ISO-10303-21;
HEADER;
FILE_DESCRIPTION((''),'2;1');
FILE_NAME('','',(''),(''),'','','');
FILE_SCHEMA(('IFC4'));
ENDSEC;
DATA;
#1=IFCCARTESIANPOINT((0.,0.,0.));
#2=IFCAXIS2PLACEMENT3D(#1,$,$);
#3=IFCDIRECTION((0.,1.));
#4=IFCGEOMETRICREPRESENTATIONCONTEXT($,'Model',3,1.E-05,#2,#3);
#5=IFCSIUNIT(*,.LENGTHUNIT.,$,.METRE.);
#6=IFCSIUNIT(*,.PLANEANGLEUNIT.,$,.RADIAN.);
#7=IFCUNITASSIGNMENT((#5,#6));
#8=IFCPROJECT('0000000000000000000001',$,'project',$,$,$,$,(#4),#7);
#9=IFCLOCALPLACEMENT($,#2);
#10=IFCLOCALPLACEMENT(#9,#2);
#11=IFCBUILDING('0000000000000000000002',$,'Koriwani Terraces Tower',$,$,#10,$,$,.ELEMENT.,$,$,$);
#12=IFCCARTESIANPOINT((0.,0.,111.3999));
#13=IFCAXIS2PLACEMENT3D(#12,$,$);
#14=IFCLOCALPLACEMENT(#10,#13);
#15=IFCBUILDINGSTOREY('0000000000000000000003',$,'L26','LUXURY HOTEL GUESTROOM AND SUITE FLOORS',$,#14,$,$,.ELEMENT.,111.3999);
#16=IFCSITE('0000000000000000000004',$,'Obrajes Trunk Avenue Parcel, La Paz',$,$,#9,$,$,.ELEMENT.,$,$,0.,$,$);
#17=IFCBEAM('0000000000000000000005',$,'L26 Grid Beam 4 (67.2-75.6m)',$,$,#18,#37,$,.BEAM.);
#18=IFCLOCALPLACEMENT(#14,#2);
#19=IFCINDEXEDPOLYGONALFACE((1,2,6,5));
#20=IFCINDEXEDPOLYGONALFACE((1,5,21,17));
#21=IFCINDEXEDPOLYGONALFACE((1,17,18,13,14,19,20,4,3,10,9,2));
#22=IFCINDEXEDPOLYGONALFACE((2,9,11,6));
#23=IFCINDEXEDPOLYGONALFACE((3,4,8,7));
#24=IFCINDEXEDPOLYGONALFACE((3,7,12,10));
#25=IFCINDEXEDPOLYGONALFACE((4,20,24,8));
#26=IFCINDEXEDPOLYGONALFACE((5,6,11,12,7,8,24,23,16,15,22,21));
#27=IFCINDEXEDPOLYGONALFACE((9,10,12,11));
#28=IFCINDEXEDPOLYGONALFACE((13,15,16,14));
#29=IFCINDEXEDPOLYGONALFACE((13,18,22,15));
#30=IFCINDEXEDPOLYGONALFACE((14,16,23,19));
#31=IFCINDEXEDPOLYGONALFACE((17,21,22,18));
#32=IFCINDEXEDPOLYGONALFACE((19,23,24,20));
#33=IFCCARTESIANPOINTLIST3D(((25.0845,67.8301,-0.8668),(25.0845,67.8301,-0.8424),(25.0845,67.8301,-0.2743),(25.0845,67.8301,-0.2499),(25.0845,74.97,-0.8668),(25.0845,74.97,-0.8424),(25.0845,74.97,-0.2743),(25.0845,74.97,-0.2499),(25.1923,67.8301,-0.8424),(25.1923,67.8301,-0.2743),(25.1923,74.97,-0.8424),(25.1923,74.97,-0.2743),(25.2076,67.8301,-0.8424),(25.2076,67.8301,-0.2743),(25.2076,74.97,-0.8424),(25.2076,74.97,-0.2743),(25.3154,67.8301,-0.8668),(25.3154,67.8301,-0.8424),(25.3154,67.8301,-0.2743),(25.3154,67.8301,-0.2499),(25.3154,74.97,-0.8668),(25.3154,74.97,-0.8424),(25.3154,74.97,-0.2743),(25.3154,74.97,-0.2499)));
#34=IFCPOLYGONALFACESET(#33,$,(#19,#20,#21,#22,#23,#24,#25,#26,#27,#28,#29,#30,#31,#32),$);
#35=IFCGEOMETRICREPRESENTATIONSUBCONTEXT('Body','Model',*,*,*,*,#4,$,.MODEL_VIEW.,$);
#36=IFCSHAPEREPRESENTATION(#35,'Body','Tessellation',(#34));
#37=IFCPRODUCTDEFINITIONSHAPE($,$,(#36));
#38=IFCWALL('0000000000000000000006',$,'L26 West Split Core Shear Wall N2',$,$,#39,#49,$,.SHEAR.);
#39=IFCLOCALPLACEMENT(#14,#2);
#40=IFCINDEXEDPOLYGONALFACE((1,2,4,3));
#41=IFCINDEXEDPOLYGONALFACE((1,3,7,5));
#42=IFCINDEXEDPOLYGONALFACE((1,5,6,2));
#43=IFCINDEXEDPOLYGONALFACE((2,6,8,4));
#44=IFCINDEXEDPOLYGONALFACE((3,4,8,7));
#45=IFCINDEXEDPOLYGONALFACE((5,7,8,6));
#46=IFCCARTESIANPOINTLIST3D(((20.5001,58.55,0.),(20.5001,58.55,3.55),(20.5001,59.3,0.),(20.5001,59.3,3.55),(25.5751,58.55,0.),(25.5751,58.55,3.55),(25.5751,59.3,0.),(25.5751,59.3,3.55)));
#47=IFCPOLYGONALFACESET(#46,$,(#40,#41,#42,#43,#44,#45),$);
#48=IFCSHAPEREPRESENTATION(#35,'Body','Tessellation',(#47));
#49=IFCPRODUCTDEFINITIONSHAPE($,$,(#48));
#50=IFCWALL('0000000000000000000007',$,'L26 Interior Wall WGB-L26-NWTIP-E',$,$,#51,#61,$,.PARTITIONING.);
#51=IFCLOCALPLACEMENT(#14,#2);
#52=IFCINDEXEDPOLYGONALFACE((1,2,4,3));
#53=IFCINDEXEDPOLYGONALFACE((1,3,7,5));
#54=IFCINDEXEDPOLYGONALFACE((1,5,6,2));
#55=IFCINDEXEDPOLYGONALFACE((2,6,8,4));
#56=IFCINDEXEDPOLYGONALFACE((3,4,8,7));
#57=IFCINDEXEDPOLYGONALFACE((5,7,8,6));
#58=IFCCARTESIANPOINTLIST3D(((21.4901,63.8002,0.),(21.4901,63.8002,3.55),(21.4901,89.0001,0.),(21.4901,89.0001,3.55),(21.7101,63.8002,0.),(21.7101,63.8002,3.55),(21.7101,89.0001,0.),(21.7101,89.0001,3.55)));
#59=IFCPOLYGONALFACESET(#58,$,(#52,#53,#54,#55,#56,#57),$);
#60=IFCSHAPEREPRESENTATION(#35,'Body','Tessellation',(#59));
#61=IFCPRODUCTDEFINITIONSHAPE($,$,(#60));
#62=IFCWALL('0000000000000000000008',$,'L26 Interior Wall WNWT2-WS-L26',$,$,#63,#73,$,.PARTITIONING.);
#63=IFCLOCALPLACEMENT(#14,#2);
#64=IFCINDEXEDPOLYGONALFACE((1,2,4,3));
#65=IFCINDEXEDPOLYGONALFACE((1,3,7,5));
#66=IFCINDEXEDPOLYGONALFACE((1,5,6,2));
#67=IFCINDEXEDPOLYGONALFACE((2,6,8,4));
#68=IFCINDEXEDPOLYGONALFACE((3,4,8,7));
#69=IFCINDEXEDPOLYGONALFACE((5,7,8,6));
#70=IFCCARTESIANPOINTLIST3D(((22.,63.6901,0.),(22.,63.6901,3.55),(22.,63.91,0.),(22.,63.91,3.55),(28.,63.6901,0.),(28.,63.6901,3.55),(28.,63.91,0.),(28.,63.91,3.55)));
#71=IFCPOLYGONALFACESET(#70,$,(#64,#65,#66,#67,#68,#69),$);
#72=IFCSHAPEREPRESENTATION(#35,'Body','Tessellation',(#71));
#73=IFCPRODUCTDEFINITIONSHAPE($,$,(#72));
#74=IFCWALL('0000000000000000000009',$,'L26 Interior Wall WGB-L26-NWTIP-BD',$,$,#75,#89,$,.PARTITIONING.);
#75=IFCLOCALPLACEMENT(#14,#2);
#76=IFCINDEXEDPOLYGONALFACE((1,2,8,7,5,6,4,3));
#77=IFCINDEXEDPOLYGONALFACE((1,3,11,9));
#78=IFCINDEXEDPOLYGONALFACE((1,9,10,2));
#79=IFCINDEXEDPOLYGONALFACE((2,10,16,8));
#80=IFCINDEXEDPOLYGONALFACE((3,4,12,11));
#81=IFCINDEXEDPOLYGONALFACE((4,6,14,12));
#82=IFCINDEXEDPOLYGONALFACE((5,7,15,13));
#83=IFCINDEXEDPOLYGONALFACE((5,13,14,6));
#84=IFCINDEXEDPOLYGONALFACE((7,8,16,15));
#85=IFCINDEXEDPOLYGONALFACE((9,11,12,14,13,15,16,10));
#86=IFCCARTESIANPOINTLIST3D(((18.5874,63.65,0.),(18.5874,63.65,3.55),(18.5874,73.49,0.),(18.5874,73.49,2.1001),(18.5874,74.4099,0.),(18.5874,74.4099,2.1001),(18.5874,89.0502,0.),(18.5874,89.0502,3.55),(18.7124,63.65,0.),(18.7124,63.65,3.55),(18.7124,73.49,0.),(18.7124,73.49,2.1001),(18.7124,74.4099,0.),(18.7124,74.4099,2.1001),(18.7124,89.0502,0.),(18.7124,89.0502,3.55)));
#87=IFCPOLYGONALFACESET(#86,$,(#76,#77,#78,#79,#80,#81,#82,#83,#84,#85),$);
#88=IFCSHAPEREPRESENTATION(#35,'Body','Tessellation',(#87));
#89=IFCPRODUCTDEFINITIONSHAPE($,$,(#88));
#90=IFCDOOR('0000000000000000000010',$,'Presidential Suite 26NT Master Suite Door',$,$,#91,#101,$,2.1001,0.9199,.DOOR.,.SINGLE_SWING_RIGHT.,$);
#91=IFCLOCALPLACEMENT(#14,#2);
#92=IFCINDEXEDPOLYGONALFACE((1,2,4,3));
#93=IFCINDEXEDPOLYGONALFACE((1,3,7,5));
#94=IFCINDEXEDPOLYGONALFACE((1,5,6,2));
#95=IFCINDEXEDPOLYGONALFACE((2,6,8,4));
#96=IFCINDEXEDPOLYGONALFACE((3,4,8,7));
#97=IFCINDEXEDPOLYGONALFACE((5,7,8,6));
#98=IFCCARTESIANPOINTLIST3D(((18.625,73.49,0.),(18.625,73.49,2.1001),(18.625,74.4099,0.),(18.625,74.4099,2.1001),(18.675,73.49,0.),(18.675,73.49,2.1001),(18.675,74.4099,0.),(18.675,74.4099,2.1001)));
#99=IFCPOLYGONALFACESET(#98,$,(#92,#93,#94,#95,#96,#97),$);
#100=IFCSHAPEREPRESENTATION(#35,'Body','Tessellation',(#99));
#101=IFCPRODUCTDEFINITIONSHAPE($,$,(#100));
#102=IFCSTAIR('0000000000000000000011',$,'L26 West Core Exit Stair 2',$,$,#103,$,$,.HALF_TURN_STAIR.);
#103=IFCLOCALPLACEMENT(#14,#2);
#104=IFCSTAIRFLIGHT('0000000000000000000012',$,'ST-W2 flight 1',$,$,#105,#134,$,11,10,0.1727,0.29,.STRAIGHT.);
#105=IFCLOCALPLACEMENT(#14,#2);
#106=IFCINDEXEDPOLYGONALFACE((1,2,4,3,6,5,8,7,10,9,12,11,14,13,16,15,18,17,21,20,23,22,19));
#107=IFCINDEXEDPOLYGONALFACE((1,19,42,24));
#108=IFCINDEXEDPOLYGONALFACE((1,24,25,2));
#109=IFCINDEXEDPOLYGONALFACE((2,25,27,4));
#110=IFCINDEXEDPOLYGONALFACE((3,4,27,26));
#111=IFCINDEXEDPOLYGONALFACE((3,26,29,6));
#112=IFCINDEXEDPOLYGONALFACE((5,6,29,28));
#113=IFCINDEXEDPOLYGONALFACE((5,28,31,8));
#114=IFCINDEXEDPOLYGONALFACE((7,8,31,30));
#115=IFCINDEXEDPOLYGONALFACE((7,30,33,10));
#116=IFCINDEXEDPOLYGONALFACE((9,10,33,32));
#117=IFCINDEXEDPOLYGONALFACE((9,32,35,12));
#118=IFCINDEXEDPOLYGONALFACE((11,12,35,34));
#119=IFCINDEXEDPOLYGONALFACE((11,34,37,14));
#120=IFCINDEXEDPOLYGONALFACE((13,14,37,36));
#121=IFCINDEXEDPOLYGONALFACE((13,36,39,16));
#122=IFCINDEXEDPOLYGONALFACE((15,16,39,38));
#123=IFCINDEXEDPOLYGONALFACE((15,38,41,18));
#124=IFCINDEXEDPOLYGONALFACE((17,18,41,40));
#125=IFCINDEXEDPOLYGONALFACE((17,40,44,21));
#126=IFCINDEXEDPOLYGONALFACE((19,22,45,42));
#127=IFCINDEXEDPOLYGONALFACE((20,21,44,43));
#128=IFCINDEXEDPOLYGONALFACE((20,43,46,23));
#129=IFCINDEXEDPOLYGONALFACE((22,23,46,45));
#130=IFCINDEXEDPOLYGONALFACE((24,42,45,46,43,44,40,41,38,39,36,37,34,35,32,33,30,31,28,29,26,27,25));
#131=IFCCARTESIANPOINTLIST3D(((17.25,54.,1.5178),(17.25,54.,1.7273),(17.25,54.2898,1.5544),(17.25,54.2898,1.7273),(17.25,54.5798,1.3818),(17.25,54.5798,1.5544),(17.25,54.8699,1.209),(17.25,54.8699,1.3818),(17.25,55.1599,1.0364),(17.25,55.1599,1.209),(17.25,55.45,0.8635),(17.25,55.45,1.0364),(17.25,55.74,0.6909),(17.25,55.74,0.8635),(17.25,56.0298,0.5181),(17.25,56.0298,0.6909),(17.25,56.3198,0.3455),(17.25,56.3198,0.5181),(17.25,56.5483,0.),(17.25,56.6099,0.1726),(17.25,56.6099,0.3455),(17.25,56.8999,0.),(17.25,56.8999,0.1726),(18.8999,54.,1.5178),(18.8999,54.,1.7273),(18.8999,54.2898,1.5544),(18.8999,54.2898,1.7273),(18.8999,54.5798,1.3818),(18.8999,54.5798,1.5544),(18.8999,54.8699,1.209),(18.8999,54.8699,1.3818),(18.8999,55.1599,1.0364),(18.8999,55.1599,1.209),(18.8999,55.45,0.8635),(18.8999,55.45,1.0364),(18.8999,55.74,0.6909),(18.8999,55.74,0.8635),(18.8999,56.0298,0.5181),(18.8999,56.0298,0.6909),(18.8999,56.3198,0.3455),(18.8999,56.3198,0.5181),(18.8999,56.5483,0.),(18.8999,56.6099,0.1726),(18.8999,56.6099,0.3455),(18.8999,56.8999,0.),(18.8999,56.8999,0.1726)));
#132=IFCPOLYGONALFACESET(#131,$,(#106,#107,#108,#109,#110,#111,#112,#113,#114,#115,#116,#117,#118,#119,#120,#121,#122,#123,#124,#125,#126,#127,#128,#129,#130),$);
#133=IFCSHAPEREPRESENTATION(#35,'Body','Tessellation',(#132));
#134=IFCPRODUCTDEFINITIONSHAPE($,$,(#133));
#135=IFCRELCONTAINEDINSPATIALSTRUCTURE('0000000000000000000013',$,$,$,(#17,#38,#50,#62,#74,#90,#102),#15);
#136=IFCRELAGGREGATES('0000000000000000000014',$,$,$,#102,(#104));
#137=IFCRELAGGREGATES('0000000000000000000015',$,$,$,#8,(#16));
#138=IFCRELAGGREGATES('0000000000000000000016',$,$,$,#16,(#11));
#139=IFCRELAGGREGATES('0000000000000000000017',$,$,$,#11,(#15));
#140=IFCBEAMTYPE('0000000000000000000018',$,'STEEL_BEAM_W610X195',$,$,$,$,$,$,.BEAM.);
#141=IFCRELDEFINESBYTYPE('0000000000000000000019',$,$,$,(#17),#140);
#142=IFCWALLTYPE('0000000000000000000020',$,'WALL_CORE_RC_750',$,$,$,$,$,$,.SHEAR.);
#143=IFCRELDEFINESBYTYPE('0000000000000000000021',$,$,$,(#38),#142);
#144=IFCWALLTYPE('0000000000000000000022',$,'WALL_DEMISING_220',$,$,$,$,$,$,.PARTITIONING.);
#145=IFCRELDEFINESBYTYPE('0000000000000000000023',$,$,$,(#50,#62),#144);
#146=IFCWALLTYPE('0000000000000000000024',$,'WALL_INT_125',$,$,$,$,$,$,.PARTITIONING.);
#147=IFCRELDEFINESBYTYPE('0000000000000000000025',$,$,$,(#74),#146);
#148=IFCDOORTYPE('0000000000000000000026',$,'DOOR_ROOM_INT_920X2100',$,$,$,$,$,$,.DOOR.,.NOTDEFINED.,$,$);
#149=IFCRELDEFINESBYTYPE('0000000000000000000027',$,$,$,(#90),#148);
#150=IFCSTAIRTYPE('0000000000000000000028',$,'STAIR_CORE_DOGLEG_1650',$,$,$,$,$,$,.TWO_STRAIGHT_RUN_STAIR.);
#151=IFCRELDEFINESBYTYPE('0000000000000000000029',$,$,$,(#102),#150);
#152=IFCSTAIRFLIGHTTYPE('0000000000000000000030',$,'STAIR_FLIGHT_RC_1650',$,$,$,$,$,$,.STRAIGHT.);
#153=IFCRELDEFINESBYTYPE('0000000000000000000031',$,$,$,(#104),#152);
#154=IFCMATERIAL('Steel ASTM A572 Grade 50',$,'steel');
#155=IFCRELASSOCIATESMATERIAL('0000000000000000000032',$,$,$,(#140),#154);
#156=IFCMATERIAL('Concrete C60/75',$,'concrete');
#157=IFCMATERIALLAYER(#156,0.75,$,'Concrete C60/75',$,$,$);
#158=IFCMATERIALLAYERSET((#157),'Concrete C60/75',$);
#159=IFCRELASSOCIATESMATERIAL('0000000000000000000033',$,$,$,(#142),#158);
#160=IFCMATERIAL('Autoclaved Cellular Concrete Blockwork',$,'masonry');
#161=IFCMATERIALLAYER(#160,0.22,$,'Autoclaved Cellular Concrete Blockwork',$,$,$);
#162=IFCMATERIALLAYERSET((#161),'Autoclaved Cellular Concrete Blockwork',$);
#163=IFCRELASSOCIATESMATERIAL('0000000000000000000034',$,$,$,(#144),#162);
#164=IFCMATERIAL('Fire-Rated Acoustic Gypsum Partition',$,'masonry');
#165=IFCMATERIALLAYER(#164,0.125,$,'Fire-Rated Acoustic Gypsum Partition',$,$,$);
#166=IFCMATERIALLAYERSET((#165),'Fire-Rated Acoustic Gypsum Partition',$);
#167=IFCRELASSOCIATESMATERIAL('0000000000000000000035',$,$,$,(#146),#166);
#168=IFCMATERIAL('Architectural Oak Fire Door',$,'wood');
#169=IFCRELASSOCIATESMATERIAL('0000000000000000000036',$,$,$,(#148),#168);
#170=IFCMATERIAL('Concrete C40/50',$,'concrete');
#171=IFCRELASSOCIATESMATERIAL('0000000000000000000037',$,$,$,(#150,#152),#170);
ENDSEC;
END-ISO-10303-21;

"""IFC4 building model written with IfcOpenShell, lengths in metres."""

from ifc_helpers import new_model, si_unit, direction, frame, frame_2d, origin, origin_2d, place, context, subcontext, project, spatial, polyline, rectangle, i_section, outline, extrude, material, layer, layer_set, material_profile, profile_set, type_object, element, fill, aggregate, save


model = new_model("IFC4")

# Units and contexts
model_context = context("Model", 3, precision=1e-05, world=origin(), true_north=direction((0.0, 1.0)))
body_context = subcontext(model_context, "Body", "Model", "MODEL_VIEW")
ifc_project = project(units=[si_unit("LENGTHUNIT", "METRE"), si_unit("PLANEANGLEUNIT", "RADIAN")], contexts=[model_context])

# Site, building, storey
site_placement = place(None, origin())
site = spatial("IfcSite", under=ifc_project, at=site_placement, Name="Obrajes Trunk Avenue Parcel, La Paz", CompositionType="ELEMENT", RefElevation=0.0)
building_placement = place(site_placement, origin())
building = spatial("IfcBuilding", under=site, at=building_placement, Name="Koriwani Terraces Tower", CompositionType="ELEMENT")
storey_placement = place(building_placement, frame((0.0, 0.0, 111.3999)))
storey = spatial("IfcBuildingStorey", under=building, at=storey_placement, Name="L26", Description="LUXURY HOTEL GUESTROOM AND SUITE FLOORS", CompositionType="ELEMENT", Elevation=111.3999)

# Shared definitions
ifc_material_1 = material(Name="Concrete C60/75", Category="concrete")

# Beam
ifc_material_2 = material(Name="Steel ASTM A572 Grade 50", Category="steel")
ifc_material_profile_1 = material_profile(ifc_material_2, i_section(OverallWidth=0.231, OverallDepth=0.6169, WebThickness=0.0154, FlangeThickness=0.0244, at=origin_2d()), Name="Steel ASTM A572 Grade 50", Category="LoadBearing")
ifc_profile_set_1 = profile_set([ifc_material_profile_1], Name="Steel ASTM A572 Grade 50")
beam_type_1 = type_object("IfcBeamType", Name="STEEL_BEAM_W610X195", PredefinedType="BEAM", material=ifc_profile_set_1)
for number, where, z_axis, x_axis, name in (
    (1, (25.2, 67.8301, -0.5583), (0.0, 1.0, 0.0), (-1.0, 0.0, 0.0), "L26 Grid Beam 4 (67.2-75.6m)"),
):
    element("IfcBeam", number, at=place(storey_placement, frame(where, z_axis=z_axis, x_axis=x_axis)), inside=storey, type_object=beam_type_1, Name=name, PredefinedType="BEAM", context=body_context, shape_type="SweptSolid", body=[
        extrude(i_section(OverallWidth=0.231, OverallDepth=0.6169, WebThickness=0.0154, FlangeThickness=0.0244, at=origin_2d()), origin(), (0.0, 0.0, 1.0), 7.1399),
    ])

# Walls
ifc_layer_1 = layer(ifc_material_1, 0.75, Name="Concrete C60/75")
ifc_layer_set_1 = layer_set([ifc_layer_1], Name="Concrete C60/75")
wall_type_1 = type_object("IfcWallType", Name="WALL_CORE_RC_750", PredefinedType="SHEAR", material=ifc_layer_set_1)
wall_1_placement = place(storey_placement, frame((20.5, 58.925, 0.0), z_axis=(0.0, 0.0, 1.0), x_axis=(1.0, 0.0, 0.0)))
element("IfcWall", 2, at=wall_1_placement, inside=storey, type_object=wall_type_1, Name="L26 West Split Core Shear Wall N2", PredefinedType="SHEAR", context=body_context, shape_type="SweptSolid", body=[
    extrude(rectangle(XDim=5.075, YDim=0.75, at=frame_2d((2.5376, 0.0))), origin(), (0.0, 0.0, 1.0), 3.55),
])
ifc_material_3 = material(Name="Autoclaved Cellular Concrete Blockwork", Category="masonry")
ifc_layer_2 = layer(ifc_material_3, 0.22, Name="Autoclaved Cellular Concrete Blockwork")
ifc_layer_set_2 = layer_set([ifc_layer_2], Name="Autoclaved Cellular Concrete Blockwork")
wall_type_2 = type_object("IfcWallType", Name="WALL_DEMISING_220", PredefinedType="PARTITIONING", material=ifc_layer_set_2)
wall_2_placement = place(storey_placement, frame((21.6001, 63.8, 0.0), z_axis=(0.0, 0.0, 1.0), x_axis=(0.0, 1.0, 0.0)))
element("IfcWall", 3, at=wall_2_placement, inside=storey, type_object=wall_type_2, Name="L26 Interior Wall WGB-L26-NWTIP-E", PredefinedType="PARTITIONING", context=body_context, shape_type="SweptSolid", body=[
    extrude(rectangle(XDim=25.2, YDim=0.22, at=frame_2d((12.6001, 0.0))), origin(), (0.0, 0.0, 1.0), 3.55),
])
wall_3_placement = place(storey_placement, frame((22.0, 63.8, 0.0), z_axis=(0.0, 0.0, 1.0), x_axis=(1.0, 0.0, 0.0)))
element("IfcWall", 4, at=wall_3_placement, inside=storey, type_object=wall_type_2, Name="L26 Interior Wall WNWT2-WS-L26", PredefinedType="PARTITIONING", context=body_context, shape_type="SweptSolid", body=[
    extrude(rectangle(XDim=6.0, YDim=0.22, at=frame_2d((3.0, 0.0))), origin(), (0.0, 0.0, 1.0), 3.55),
])

# Wall, opening, door
ifc_material_4 = material(Name="Fire-Rated Acoustic Gypsum Partition", Category="masonry")
ifc_layer_3 = layer(ifc_material_4, 0.125, Name="Fire-Rated Acoustic Gypsum Partition")
ifc_layer_set_3 = layer_set([ifc_layer_3], Name="Fire-Rated Acoustic Gypsum Partition")
wall_type_3 = type_object("IfcWallType", Name="WALL_INT_125", PredefinedType="PARTITIONING", material=ifc_layer_set_3)
wall_4_placement = place(storey_placement, frame((18.6499, 63.6499, 0.0), z_axis=(0.0, 0.0, 1.0), x_axis=(0.0, 1.0, 0.0)))
wall_4 = element("IfcWall", 5, at=wall_4_placement, inside=storey, type_object=wall_type_3, Name="L26 Interior Wall WGB-L26-NWTIP-BD", PredefinedType="PARTITIONING", context=body_context, shape_type="SweptSolid", body=[
    extrude(rectangle(XDim=25.4001, YDim=0.125, at=frame_2d((12.7002, 0.0))), origin(), (0.0, 0.0, 1.0), 3.55),
])
opening_1_placement = place(wall_4_placement, frame((9.8401, 0.0, 0.0)))
opening_1 = element("IfcOpeningElement", 6, at=opening_1_placement, cuts=wall_4, PredefinedType="OPENING", context=body_context, shape_type="SweptSolid", body=[
    extrude(rectangle(XDim=0.9199, YDim=2.1001, at=frame_2d((0.46, 1.05))), frame((0.0, 0.0725, 0.0), z_axis=(0.0, -1.0, 0.0), x_axis=(1.0, 0.0, 0.0)), (0.0, 0.0, 1.0), 0.145),
])
ifc_material_5 = material(Name="Architectural Oak Fire Door", Category="wood")
door_type_1 = type_object("IfcDoorType", Name="DOOR_ROOM_INT_920X2100", OperationType="NOTDEFINED", PredefinedType="DOOR", material=ifc_material_5)
door_1_placement = place(opening_1_placement, origin())
door_1 = element("IfcDoor", 7, at=door_1_placement, inside=storey, type_object=door_type_1, Name="Presidential Suite 26NT Master Suite Door", OperationType="SINGLE_SWING_RIGHT", OverallHeight=2.1001, OverallWidth=0.9199, PredefinedType="DOOR", context=body_context, shape_type="SweptSolid", body=[
    extrude(rectangle(XDim=0.9199, YDim=2.1001, at=frame_2d((0.46, 1.05))), frame((0.0, 0.0249, 0.0), z_axis=(0.0, -1.0, 0.0), x_axis=(1.0, 0.0, 0.0)), (0.0, 0.0, 1.0), 0.05),
])
fill(opening_1, door_1)
ifc_material_6 = material(Name="Concrete C40/50", Category="concrete")

# Stair, stair flight
stair_type = type_object("IfcStairType", Name="STAIR_CORE_DOGLEG_1650", PredefinedType="TWO_STRAIGHT_RUN_STAIR", material=ifc_material_6)
stair_placement = place(storey_placement, origin())
stair = element("IfcStair", 8, at=stair_placement, inside=storey, type_object=stair_type, Name="L26 West Core Exit Stair 2", PredefinedType="HALF_TURN_STAIR")
stair_flight_type = type_object("IfcStairFlightType", Name="STAIR_FLIGHT_RC_1650", PredefinedType="STRAIGHT", material=ifc_material_6)
stair_flight_placement = place(storey_placement, frame((18.075, 56.8999, 0.0), z_axis=(0.0, 0.0, 1.0), x_axis=(0.0, -1.0, 0.0)))
stair_flight = element("IfcStairFlight", 9, at=stair_flight_placement, type_object=stair_flight_type, Name="ST-W2 flight 1", NumberOfRisers=11, NumberOfTreads=10, PredefinedType="STRAIGHT", RiserHeight=0.1727, TreadLength=0.29, context=body_context, shape_type="SweptSolid", body=[
    extrude(outline(polyline([(0.0, 0.0), (0.0, 0.1726), (0.29, 0.1726), (0.29, 0.3455), (0.5801, 0.3455), (0.5801, 0.5181), (0.8701, 0.5181), (0.8701, 0.6909), (1.1599, 0.6909), (1.1599, 0.8635), (1.45, 0.8635), (1.45, 1.0364), (1.74, 1.0364), (1.74, 1.209), (2.03, 1.209), (2.03, 1.3818), (2.3201, 1.3818), (2.3201, 1.5544), (2.6101, 1.5544), (2.6101, 1.7273), (2.8999, 1.7273), (2.8999, 1.8999), (2.8999, 1.5178), (0.3516, 0.0), (0.0, 0.0)])), frame((0.0, 0.825, 0.0), z_axis=(0.0, -1.0, 0.0), x_axis=(1.0, 0.0, 0.0)), (0.0, 0.0, 1.0), 1.6499),
])
aggregate(stair, [stair_flight])

save(model, "model.ifc")
